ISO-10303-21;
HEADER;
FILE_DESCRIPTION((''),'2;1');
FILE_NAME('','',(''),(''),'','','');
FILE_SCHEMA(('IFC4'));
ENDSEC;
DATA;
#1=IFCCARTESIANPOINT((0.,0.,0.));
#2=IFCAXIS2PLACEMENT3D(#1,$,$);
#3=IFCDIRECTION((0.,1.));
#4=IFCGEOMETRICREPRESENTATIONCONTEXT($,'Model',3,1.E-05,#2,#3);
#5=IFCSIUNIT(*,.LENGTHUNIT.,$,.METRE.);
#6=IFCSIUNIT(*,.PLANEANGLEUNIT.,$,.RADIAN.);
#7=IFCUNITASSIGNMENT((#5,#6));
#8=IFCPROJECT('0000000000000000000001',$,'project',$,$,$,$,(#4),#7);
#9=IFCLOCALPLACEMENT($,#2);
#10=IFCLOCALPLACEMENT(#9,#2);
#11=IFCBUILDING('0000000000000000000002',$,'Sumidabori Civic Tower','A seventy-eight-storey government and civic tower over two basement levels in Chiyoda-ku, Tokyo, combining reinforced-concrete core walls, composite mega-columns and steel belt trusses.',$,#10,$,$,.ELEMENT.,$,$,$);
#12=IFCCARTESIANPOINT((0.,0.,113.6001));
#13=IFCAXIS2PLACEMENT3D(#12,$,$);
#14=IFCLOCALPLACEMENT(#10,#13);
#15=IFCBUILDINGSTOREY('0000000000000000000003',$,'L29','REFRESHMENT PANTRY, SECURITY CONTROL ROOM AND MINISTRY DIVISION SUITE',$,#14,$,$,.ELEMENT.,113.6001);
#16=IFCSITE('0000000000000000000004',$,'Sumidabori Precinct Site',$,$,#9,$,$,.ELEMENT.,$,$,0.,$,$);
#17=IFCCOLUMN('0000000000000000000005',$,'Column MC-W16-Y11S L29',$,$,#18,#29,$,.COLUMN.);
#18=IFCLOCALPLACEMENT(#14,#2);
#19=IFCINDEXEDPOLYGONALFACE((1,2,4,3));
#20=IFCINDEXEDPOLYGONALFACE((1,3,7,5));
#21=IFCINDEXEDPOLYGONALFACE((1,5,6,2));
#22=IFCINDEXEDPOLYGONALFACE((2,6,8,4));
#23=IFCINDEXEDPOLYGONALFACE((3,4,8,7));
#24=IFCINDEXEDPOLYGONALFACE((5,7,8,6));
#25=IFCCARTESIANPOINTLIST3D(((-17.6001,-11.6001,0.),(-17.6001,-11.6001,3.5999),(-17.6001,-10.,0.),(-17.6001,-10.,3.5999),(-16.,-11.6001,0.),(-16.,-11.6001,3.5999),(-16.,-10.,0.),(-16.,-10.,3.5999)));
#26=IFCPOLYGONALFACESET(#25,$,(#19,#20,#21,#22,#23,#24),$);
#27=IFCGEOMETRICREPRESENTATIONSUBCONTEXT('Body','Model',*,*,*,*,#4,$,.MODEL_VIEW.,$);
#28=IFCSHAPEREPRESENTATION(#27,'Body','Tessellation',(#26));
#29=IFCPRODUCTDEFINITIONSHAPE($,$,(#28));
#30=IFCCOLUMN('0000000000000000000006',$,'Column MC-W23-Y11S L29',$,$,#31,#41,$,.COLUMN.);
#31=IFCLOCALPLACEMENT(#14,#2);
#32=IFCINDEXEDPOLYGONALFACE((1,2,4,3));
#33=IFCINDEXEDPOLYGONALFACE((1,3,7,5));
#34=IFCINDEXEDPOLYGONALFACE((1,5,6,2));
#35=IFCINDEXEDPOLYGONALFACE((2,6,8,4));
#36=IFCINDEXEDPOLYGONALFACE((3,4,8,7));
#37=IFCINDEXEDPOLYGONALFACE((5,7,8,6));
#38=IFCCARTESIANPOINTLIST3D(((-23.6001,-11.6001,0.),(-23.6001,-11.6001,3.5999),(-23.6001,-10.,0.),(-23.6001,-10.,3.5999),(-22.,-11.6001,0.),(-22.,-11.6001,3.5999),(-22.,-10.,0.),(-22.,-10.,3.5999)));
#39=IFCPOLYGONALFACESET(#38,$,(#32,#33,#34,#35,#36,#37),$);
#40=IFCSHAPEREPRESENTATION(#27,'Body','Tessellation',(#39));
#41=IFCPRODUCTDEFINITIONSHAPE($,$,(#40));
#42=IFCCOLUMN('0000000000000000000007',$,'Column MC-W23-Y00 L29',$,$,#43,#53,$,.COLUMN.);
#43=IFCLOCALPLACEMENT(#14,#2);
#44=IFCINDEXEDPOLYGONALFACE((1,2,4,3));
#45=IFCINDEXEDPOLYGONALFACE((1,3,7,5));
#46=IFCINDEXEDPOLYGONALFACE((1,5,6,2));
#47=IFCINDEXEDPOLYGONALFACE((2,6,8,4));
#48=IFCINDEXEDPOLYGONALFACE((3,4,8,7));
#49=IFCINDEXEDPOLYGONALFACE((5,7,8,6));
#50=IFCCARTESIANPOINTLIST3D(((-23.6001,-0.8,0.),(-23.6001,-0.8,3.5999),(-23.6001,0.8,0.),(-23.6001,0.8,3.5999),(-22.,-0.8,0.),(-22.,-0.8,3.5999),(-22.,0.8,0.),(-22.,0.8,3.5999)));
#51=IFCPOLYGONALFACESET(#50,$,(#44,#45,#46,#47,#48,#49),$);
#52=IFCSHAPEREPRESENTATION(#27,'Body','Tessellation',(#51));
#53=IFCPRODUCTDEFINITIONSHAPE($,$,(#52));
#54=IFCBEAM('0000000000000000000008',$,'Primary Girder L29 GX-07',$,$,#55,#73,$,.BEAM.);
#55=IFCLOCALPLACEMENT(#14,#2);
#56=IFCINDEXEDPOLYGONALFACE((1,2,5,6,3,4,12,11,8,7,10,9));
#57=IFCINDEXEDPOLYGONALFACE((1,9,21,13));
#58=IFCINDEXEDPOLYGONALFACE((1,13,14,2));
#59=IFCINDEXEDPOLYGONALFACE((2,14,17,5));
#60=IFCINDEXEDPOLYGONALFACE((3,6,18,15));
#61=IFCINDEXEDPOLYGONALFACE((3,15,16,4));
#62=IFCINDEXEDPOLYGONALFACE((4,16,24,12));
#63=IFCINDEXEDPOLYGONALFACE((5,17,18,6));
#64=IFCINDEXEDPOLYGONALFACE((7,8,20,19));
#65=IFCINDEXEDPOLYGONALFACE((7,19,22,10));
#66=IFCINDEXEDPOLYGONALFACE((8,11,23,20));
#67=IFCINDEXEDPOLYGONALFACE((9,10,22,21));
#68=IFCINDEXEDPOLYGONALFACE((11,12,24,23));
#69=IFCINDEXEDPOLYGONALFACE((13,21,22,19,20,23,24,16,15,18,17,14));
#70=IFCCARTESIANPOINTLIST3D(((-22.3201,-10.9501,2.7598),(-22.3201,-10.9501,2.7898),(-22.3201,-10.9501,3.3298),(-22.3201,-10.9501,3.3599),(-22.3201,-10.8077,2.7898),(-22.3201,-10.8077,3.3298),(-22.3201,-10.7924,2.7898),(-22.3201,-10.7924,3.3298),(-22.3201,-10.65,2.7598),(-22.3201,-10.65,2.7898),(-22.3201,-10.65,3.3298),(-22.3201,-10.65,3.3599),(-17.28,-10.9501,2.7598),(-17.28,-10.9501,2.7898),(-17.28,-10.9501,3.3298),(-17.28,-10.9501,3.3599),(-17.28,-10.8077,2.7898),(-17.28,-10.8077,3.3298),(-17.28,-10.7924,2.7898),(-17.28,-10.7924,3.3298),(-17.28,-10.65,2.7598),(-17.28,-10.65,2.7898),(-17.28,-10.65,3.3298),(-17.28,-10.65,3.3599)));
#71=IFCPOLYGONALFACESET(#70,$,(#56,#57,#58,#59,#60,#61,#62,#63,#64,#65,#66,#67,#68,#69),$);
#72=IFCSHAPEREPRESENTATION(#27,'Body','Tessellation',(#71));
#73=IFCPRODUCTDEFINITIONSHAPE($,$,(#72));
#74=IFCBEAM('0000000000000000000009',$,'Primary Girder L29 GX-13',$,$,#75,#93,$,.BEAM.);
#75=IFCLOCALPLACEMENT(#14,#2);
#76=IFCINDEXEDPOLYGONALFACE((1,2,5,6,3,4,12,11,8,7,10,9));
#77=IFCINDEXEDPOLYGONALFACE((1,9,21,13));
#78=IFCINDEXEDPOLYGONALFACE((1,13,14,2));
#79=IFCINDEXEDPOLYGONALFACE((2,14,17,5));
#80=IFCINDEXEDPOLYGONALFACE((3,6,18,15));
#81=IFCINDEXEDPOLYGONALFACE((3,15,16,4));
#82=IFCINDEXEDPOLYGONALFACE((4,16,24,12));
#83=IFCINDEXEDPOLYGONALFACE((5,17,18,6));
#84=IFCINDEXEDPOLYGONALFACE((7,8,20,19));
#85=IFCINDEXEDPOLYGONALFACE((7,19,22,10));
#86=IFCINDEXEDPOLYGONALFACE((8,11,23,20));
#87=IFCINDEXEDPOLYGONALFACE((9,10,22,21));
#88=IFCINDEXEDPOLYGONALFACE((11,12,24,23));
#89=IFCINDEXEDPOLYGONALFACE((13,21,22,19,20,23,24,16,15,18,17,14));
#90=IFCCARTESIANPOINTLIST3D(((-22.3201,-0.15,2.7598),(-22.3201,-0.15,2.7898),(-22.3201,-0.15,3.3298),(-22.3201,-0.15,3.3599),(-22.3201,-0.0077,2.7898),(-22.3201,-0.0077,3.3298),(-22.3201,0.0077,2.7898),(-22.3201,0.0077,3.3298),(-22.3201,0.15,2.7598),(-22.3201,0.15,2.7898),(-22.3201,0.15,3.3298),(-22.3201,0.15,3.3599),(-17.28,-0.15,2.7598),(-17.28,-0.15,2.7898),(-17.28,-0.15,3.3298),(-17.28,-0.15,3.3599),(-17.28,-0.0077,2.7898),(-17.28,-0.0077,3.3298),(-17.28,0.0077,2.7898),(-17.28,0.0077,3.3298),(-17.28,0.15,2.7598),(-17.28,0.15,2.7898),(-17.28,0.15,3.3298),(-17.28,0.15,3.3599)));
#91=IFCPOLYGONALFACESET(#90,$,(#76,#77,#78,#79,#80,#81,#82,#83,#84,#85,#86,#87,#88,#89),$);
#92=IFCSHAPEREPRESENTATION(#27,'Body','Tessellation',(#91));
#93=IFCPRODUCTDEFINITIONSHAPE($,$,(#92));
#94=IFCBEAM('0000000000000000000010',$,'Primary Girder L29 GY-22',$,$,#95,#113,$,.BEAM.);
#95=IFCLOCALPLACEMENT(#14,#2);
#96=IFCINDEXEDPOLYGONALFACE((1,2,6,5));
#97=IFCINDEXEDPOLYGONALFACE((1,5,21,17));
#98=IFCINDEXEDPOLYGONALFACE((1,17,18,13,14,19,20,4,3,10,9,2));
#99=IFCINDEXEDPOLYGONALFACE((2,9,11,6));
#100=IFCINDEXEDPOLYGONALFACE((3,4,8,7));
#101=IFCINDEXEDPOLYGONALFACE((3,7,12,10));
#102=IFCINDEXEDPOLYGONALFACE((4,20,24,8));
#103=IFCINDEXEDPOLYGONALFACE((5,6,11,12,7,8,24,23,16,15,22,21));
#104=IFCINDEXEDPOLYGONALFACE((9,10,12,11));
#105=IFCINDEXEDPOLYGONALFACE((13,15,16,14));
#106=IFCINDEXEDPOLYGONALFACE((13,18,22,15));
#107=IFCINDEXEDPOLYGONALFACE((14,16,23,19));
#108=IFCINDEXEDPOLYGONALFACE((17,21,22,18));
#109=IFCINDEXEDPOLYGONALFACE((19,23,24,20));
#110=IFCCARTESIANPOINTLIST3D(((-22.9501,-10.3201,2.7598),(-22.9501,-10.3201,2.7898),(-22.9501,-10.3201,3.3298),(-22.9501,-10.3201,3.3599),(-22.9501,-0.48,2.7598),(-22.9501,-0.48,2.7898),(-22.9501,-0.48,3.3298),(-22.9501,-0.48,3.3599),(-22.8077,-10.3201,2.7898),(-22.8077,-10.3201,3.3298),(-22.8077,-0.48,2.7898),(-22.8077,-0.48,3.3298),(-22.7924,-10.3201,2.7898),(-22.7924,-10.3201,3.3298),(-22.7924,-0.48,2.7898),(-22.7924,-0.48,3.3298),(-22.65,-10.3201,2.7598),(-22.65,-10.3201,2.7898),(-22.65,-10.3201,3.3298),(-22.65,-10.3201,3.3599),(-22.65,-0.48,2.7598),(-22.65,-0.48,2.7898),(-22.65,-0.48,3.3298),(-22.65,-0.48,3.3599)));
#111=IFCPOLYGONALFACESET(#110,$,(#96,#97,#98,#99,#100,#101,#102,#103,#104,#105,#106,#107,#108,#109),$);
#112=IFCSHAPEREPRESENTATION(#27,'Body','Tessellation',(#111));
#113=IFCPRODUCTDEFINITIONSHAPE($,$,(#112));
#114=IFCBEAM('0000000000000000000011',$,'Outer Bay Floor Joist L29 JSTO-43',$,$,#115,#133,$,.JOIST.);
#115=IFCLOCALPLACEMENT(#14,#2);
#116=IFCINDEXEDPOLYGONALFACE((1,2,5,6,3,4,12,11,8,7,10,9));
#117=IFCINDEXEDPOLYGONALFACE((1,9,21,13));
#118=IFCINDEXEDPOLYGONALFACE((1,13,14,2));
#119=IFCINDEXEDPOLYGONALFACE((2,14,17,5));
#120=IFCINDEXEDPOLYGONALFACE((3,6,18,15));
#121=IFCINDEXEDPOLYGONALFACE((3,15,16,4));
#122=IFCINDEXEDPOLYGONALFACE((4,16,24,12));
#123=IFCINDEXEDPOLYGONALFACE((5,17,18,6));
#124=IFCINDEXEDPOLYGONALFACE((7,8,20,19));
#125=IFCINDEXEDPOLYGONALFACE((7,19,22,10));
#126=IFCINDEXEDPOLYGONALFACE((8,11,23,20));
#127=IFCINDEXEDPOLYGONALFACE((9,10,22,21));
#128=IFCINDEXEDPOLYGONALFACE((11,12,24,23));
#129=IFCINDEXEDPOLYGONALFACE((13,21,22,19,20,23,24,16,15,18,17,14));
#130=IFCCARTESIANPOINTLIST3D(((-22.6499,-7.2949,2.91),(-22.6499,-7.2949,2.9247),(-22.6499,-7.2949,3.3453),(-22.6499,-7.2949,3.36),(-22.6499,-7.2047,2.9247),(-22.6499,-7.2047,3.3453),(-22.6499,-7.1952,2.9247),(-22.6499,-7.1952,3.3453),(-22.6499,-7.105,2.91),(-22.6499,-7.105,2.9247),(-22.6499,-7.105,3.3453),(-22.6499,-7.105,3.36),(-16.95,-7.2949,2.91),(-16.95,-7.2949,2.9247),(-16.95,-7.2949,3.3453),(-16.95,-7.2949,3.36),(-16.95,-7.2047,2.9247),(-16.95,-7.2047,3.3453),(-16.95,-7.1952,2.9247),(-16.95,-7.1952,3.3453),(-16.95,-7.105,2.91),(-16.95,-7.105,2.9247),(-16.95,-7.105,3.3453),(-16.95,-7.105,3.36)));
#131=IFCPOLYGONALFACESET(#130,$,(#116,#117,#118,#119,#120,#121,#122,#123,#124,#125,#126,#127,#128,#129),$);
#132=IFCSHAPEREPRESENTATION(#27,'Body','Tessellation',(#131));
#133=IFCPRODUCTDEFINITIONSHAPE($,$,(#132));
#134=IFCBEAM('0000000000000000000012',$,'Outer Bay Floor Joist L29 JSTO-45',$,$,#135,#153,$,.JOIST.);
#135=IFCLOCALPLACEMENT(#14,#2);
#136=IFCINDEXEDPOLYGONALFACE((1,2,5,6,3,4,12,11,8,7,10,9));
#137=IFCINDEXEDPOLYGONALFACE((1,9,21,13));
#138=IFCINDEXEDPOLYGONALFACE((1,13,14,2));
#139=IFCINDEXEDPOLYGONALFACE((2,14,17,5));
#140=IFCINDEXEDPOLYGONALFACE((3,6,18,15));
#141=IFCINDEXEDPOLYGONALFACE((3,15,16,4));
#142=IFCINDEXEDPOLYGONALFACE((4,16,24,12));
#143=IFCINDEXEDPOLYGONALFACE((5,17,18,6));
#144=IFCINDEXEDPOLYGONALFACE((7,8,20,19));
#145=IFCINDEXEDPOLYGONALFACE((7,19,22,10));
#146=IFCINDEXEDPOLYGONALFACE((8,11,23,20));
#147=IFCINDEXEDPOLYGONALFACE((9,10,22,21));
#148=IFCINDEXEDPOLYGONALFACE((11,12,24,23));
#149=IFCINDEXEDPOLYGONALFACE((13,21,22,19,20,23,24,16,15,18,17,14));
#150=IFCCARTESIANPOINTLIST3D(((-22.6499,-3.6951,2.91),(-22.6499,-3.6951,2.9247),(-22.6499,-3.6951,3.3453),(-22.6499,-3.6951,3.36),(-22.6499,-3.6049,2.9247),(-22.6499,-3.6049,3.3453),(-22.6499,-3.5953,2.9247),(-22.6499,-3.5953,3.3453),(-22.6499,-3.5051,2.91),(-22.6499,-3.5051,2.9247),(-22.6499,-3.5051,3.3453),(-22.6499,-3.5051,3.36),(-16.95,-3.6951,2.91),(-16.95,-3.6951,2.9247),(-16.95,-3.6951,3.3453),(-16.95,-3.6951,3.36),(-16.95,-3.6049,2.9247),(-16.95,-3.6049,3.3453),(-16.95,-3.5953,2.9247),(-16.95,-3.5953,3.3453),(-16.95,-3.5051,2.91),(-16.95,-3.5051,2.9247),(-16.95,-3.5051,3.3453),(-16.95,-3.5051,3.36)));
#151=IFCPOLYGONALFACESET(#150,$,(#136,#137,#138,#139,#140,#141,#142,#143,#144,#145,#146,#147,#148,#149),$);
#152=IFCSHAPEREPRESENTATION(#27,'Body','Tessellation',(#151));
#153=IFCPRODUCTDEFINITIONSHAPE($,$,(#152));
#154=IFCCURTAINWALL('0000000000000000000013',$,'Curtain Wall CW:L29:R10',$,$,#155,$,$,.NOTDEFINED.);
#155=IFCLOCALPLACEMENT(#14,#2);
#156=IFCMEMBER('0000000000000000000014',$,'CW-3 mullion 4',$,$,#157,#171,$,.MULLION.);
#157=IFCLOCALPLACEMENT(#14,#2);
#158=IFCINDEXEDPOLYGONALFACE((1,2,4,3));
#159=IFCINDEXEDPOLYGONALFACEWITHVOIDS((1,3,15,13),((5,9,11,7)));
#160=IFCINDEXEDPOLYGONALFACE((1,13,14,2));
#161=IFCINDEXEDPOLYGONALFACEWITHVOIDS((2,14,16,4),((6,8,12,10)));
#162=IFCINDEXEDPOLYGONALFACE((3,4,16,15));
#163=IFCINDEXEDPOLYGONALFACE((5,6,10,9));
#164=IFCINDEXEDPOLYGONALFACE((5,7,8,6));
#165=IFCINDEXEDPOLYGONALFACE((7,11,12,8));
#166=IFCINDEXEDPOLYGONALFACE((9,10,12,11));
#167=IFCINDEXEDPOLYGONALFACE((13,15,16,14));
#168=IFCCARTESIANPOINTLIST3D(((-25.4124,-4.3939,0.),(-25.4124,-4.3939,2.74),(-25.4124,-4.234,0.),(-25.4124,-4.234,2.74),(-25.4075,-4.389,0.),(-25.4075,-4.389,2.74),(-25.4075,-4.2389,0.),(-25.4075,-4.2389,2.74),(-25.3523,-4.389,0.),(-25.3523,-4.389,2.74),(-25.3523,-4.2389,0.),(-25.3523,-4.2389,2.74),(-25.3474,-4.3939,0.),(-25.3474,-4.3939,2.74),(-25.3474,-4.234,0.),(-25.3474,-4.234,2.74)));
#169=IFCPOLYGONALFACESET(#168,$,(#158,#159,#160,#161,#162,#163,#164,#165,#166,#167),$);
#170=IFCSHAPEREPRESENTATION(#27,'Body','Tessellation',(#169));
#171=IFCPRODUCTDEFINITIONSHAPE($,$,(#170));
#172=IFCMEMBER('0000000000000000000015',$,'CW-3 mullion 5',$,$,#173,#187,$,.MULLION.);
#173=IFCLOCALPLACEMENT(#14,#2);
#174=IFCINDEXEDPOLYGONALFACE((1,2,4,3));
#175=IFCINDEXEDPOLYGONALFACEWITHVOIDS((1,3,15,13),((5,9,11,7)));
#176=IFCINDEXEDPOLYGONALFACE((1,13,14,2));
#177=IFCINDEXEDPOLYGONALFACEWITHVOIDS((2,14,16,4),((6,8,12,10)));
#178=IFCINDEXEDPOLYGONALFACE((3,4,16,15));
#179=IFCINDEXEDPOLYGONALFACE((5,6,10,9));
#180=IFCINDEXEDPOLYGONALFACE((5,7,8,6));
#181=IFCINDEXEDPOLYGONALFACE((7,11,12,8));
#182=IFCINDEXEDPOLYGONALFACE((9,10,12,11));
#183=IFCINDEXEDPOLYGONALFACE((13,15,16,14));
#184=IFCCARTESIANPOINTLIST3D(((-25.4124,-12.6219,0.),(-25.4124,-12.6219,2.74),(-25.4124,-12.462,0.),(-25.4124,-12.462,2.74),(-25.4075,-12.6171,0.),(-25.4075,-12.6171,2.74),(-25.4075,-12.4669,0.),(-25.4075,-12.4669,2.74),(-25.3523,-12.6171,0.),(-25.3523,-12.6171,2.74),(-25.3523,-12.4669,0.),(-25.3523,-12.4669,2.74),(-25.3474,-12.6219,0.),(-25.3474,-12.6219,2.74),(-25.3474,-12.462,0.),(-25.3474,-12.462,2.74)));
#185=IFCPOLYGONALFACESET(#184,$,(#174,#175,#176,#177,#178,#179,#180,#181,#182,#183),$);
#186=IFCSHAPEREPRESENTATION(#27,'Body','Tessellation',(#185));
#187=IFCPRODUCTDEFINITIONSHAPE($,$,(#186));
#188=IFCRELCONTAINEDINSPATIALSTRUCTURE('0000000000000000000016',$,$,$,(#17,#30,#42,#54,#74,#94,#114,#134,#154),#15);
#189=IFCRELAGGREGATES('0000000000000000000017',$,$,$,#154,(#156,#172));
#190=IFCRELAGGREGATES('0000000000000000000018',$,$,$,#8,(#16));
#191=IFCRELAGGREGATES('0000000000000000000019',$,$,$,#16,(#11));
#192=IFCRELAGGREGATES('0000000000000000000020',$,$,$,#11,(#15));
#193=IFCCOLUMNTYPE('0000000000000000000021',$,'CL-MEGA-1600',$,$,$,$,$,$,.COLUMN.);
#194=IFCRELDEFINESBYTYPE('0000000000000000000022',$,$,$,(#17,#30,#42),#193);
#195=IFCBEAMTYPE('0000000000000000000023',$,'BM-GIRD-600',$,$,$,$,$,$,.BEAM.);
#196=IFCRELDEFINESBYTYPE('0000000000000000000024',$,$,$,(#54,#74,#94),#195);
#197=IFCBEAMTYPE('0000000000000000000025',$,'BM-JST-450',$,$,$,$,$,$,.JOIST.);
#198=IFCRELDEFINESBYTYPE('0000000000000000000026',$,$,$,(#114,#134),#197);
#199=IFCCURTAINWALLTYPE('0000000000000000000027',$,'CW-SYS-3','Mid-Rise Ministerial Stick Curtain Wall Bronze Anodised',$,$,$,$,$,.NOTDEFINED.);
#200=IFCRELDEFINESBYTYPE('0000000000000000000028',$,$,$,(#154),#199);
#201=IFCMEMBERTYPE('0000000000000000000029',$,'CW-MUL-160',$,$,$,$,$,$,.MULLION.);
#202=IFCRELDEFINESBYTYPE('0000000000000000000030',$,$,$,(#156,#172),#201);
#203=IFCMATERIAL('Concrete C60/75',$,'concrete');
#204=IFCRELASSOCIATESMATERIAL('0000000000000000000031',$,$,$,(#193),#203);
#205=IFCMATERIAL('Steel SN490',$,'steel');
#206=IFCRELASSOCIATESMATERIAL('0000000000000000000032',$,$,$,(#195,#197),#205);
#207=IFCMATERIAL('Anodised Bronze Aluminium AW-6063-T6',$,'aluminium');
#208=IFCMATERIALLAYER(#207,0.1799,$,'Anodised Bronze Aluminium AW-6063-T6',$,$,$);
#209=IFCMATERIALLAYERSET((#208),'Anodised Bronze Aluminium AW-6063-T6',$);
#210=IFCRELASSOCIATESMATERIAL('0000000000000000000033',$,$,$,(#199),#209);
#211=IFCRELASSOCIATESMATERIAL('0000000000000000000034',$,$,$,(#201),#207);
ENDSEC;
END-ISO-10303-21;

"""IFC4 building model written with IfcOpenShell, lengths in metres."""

from ifc_helpers import new_model, si_unit, direction, frame, origin, origin_2d, place, context, subcontext, project, spatial, rectangle, hollow_rectangle, i_section, extrude, source, transform, mapped, material, layer, layer_set, material_profile, profile_set, type_object, element, aggregate, save


model = new_model("IFC4")

# Units and contexts
model_context = context("Model", 3, precision=1e-05, world=origin(), true_north=direction((0.0, 1.0)))
body_context = subcontext(model_context, "Body", "Model", "MODEL_VIEW")
ifc_project = project(units=[si_unit("LENGTHUNIT", "METRE"), si_unit("PLANEANGLEUNIT", "RADIAN")], contexts=[model_context])

# Site, building, storey
site_placement = place(None, origin())
site = spatial("IfcSite", under=ifc_project, at=site_placement, Name="Sumidabori Precinct Site", CompositionType="ELEMENT", RefElevation=0.0)
building_placement = place(site_placement, origin())
building = spatial("IfcBuilding", under=site, at=building_placement, Name="Sumidabori Civic Tower", Description="A seventy-eight-storey government and civic tower over two basement levels in Chiyoda-ku, Tokyo, combining reinforced-concrete core walls, composite mega-columns and steel belt trusses.", CompositionType="ELEMENT")
storey_placement = place(building_placement, frame((0.0, 0.0, 113.6001)))
storey = spatial("IfcBuildingStorey", under=building, at=storey_placement, Name="L29", Description="REFRESHMENT PANTRY, SECURITY CONTROL ROOM AND MINISTRY DIVISION SUITE", CompositionType="ELEMENT", Elevation=113.6001)

# Columns
ifc_material_1 = material(Name="Concrete C60/75", Category="concrete")
ifc_material_profile_1 = material_profile(ifc_material_1, rectangle(XDim=1.6001, YDim=1.6001, at=origin_2d()), Name="RC 1600x1600")
ifc_profile_set_1 = profile_set([ifc_material_profile_1], Name="Concrete C60/75")
column_type = type_object("IfcColumnType", Name="CL-MEGA-1600", PredefinedType="COLUMN", material=ifc_profile_set_1)
shared_shape_1 = source(origin(), body_context, "Body", "SweptSolid", [
    extrude(rectangle(XDim=1.6001, YDim=1.6001, at=origin_2d()), origin(), (0.0, 0.0, 1.0), 3.5999),
])
for number, where, z_axis, x_axis, name in (
    (1, (-16.8, -10.8, 0.0), (0.0, 0.0, 1.0), (1.0, 0.0, 0.0), "Column MC-W16-Y11S L29"),
    (2, (-22.8, -10.8, 0.0), (0.0, 0.0, 1.0), (1.0, 0.0, 0.0), "Column MC-W23-Y11S L29"),
    (3, (-22.8, 0.0, 0.0), (0.0, 0.0, 1.0), (1.0, 0.0, 0.0), "Column MC-W23-Y00 L29"),
):
    element("IfcColumn", number, at=place(storey_placement, frame(where, z_axis=z_axis, x_axis=x_axis)), inside=storey, type_object=column_type, Name=name, PredefinedType="COLUMN", context=body_context, shape_type="MappedRepresentation", body=[
        mapped(shared_shape_1, transform((0.0, 0.0, 0.0), x_axis=(1.0, 0.0, 0.0), y_axis=(0.0, 1.0, 0.0), z_axis=(0.0, 0.0, 1.0), scale=1.0)),
    ])

# Beams
ifc_material_2 = material(Name="Steel SN490", Category="steel")
ifc_material_profile_2 = material_profile(ifc_material_2, i_section(OverallWidth=0.3, OverallDepth=0.6001, WebThickness=0.0154, FlangeThickness=0.03, at=origin_2d()), Name="HE 600 B")
ifc_profile_set_2 = profile_set([ifc_material_profile_2], Name="Steel SN490")
beam_type_1 = type_object("IfcBeamType", Name="BM-GIRD-600", PredefinedType="BEAM", material=ifc_profile_set_2)
shared_shape_2 = source(origin(), body_context, "Body", "SweptSolid", [
    extrude(i_section(OverallWidth=0.3, OverallDepth=0.6001, WebThickness=0.0154, FlangeThickness=0.03, at=origin_2d()), origin(), (0.0, 0.0, 1.0), 5.04),
])
for number, where, z_axis, x_axis, name in (
    (4, (-22.3201, -10.8, 3.0598), (1.0, 0.0, 0.0), (0.0, 1.0, 0.0), "Primary Girder L29 GX-07"),
    (5, (-22.3201, 0.0, 3.0598), (1.0, 0.0, 0.0), (0.0, 1.0, 0.0), "Primary Girder L29 GX-13"),
):
    element("IfcBeam", number, at=place(storey_placement, frame(where, z_axis=z_axis, x_axis=x_axis)), inside=storey, type_object=beam_type_1, Name=name, PredefinedType="BEAM", context=body_context, shape_type="MappedRepresentation", body=[
        mapped(shared_shape_2, transform((0.0, 0.0, 0.0), x_axis=(1.0, 0.0, 0.0), y_axis=(0.0, 1.0, 0.0), z_axis=(0.0, 0.0, 1.0), scale=1.0)),
    ])
shared_shape_3 = source(origin(), body_context, "Body", "SweptSolid", [
    extrude(i_section(OverallWidth=0.3, OverallDepth=0.6001, WebThickness=0.0154, FlangeThickness=0.03, at=origin_2d()), origin(), (0.0, 0.0, 1.0), 9.8401),
])
beam_placement = place(storey_placement, frame((-22.8, -10.3201, 3.0598), z_axis=(0.0, 1.0, 0.0), x_axis=(-1.0, 0.0, 0.0)))
element("IfcBeam", 6, at=beam_placement, inside=storey, type_object=beam_type_1, Name="Primary Girder L29 GY-22", PredefinedType="BEAM", context=body_context, shape_type="MappedRepresentation", body=[
    mapped(shared_shape_3, transform((0.0, 0.0, 0.0), x_axis=(1.0, 0.0, 0.0), y_axis=(0.0, 1.0, 0.0), z_axis=(0.0, 0.0, 1.0), scale=1.0)),
])
ifc_material_profile_3 = material_profile(ifc_material_2, i_section(OverallWidth=0.1899, OverallDepth=0.45, WebThickness=0.0095, FlangeThickness=0.0146, at=origin_2d()), Name="IPE 450")
ifc_profile_set_3 = profile_set([ifc_material_profile_3], Name="Steel SN490")
beam_type_2 = type_object("IfcBeamType", Name="BM-JST-450", PredefinedType="JOIST", material=ifc_profile_set_3)
shared_shape_4 = source(origin(), body_context, "Body", "SweptSolid", [
    extrude(i_section(OverallWidth=0.1899, OverallDepth=0.45, WebThickness=0.0095, FlangeThickness=0.0146, at=origin_2d()), origin(), (0.0, 0.0, 1.0), 5.7),
])
for number, where, z_axis, x_axis, name in (
    (7, (-22.6499, -7.2, 3.135), (1.0, 0.0, 0.0), (0.0, 1.0, 0.0), "Outer Bay Floor Joist L29 JSTO-43"),
    (8, (-22.6499, -3.6001, 3.135), (1.0, 0.0, 0.0), (0.0, 1.0, 0.0), "Outer Bay Floor Joist L29 JSTO-45"),
):
    element("IfcBeam", number, at=place(storey_placement, frame(where, z_axis=z_axis, x_axis=x_axis)), inside=storey, type_object=beam_type_2, Name=name, PredefinedType="JOIST", context=body_context, shape_type="MappedRepresentation", body=[
        mapped(shared_shape_4, transform((0.0, 0.0, 0.0), x_axis=(1.0, 0.0, 0.0), y_axis=(0.0, 1.0, 0.0), z_axis=(0.0, 0.0, 1.0), scale=1.0)),
    ])

# Curtain wall, members
ifc_material_3 = material(Name="Anodised Bronze Aluminium AW-6063-T6", Category="aluminium")
ifc_layer_1 = layer(ifc_material_3, 0.1799, Name="Anodised Bronze Aluminium AW-6063-T6")
ifc_layer_set_1 = layer_set([ifc_layer_1], Name="Anodised Bronze Aluminium AW-6063-T6")
curtain_wall_type = type_object("IfcCurtainWallType", Name="CW-SYS-3", Description="Mid-Rise Ministerial Stick Curtain Wall Bronze Anodised", PredefinedType="NOTDEFINED", material=ifc_layer_set_1)
curtain_wall_placement = place(storey_placement, origin())
curtain_wall = element("IfcCurtainWall", 9, at=curtain_wall_placement, inside=storey, type_object=curtain_wall_type, Name="Curtain Wall CW:L29:R10", PredefinedType="NOTDEFINED")
ifc_material_profile_4 = material_profile(ifc_material_3, hollow_rectangle(XDim=0.0649, YDim=0.1599, WallThickness=0.0049, at=origin_2d()), Name="ALU MULLION 160x65")
ifc_profile_set_4 = profile_set([ifc_material_profile_4], Name="Anodised Bronze Aluminium AW-6063-T6")
member_type_1 = type_object("IfcMemberType", Name="CW-MUL-160", PredefinedType="MULLION", material=ifc_profile_set_4)
shared_shape_5 = source(origin(), body_context, "Body", "SweptSolid", [
    extrude(hollow_rectangle(XDim=0.0649, YDim=0.1599, WallThickness=0.0049, at=origin_2d()), origin(), (0.0, 0.0, 1.0), 2.74),
])
member_1_placement = place(storey_placement, frame((-25.3799, -4.314, 0.0), z_axis=(0.0, 0.0, 1.0), x_axis=(1.0, 0.0, 0.0)))
member_1 = element("IfcMember", 10, at=member_1_placement, type_object=member_type_1, Name="CW-3 mullion 4", PredefinedType="MULLION", context=body_context, shape_type="MappedRepresentation", body=[
    mapped(shared_shape_5, transform((0.0, 0.0, 0.0), x_axis=(1.0, 0.0, 0.0), y_axis=(0.0, 1.0, 0.0), z_axis=(0.0, 0.0, 1.0), scale=1.0)),
])
member_2_placement = place(storey_placement, frame((-25.3799, -12.542, 0.0), z_axis=(0.0, 0.0, 1.0), x_axis=(1.0, 0.0, 0.0)))
member_2 = element("IfcMember", 11, at=member_2_placement, type_object=member_type_1, Name="CW-3 mullion 5", PredefinedType="MULLION", context=body_context, shape_type="MappedRepresentation", body=[
    mapped(shared_shape_5, transform((0.0, 0.0, 0.0), x_axis=(1.0, 0.0, 0.0), y_axis=(0.0, 1.0, 0.0), z_axis=(0.0, 0.0, 1.0), scale=1.0)),
])
aggregate(curtain_wall, [member_1, member_2])

save(model, "model.ifc")
